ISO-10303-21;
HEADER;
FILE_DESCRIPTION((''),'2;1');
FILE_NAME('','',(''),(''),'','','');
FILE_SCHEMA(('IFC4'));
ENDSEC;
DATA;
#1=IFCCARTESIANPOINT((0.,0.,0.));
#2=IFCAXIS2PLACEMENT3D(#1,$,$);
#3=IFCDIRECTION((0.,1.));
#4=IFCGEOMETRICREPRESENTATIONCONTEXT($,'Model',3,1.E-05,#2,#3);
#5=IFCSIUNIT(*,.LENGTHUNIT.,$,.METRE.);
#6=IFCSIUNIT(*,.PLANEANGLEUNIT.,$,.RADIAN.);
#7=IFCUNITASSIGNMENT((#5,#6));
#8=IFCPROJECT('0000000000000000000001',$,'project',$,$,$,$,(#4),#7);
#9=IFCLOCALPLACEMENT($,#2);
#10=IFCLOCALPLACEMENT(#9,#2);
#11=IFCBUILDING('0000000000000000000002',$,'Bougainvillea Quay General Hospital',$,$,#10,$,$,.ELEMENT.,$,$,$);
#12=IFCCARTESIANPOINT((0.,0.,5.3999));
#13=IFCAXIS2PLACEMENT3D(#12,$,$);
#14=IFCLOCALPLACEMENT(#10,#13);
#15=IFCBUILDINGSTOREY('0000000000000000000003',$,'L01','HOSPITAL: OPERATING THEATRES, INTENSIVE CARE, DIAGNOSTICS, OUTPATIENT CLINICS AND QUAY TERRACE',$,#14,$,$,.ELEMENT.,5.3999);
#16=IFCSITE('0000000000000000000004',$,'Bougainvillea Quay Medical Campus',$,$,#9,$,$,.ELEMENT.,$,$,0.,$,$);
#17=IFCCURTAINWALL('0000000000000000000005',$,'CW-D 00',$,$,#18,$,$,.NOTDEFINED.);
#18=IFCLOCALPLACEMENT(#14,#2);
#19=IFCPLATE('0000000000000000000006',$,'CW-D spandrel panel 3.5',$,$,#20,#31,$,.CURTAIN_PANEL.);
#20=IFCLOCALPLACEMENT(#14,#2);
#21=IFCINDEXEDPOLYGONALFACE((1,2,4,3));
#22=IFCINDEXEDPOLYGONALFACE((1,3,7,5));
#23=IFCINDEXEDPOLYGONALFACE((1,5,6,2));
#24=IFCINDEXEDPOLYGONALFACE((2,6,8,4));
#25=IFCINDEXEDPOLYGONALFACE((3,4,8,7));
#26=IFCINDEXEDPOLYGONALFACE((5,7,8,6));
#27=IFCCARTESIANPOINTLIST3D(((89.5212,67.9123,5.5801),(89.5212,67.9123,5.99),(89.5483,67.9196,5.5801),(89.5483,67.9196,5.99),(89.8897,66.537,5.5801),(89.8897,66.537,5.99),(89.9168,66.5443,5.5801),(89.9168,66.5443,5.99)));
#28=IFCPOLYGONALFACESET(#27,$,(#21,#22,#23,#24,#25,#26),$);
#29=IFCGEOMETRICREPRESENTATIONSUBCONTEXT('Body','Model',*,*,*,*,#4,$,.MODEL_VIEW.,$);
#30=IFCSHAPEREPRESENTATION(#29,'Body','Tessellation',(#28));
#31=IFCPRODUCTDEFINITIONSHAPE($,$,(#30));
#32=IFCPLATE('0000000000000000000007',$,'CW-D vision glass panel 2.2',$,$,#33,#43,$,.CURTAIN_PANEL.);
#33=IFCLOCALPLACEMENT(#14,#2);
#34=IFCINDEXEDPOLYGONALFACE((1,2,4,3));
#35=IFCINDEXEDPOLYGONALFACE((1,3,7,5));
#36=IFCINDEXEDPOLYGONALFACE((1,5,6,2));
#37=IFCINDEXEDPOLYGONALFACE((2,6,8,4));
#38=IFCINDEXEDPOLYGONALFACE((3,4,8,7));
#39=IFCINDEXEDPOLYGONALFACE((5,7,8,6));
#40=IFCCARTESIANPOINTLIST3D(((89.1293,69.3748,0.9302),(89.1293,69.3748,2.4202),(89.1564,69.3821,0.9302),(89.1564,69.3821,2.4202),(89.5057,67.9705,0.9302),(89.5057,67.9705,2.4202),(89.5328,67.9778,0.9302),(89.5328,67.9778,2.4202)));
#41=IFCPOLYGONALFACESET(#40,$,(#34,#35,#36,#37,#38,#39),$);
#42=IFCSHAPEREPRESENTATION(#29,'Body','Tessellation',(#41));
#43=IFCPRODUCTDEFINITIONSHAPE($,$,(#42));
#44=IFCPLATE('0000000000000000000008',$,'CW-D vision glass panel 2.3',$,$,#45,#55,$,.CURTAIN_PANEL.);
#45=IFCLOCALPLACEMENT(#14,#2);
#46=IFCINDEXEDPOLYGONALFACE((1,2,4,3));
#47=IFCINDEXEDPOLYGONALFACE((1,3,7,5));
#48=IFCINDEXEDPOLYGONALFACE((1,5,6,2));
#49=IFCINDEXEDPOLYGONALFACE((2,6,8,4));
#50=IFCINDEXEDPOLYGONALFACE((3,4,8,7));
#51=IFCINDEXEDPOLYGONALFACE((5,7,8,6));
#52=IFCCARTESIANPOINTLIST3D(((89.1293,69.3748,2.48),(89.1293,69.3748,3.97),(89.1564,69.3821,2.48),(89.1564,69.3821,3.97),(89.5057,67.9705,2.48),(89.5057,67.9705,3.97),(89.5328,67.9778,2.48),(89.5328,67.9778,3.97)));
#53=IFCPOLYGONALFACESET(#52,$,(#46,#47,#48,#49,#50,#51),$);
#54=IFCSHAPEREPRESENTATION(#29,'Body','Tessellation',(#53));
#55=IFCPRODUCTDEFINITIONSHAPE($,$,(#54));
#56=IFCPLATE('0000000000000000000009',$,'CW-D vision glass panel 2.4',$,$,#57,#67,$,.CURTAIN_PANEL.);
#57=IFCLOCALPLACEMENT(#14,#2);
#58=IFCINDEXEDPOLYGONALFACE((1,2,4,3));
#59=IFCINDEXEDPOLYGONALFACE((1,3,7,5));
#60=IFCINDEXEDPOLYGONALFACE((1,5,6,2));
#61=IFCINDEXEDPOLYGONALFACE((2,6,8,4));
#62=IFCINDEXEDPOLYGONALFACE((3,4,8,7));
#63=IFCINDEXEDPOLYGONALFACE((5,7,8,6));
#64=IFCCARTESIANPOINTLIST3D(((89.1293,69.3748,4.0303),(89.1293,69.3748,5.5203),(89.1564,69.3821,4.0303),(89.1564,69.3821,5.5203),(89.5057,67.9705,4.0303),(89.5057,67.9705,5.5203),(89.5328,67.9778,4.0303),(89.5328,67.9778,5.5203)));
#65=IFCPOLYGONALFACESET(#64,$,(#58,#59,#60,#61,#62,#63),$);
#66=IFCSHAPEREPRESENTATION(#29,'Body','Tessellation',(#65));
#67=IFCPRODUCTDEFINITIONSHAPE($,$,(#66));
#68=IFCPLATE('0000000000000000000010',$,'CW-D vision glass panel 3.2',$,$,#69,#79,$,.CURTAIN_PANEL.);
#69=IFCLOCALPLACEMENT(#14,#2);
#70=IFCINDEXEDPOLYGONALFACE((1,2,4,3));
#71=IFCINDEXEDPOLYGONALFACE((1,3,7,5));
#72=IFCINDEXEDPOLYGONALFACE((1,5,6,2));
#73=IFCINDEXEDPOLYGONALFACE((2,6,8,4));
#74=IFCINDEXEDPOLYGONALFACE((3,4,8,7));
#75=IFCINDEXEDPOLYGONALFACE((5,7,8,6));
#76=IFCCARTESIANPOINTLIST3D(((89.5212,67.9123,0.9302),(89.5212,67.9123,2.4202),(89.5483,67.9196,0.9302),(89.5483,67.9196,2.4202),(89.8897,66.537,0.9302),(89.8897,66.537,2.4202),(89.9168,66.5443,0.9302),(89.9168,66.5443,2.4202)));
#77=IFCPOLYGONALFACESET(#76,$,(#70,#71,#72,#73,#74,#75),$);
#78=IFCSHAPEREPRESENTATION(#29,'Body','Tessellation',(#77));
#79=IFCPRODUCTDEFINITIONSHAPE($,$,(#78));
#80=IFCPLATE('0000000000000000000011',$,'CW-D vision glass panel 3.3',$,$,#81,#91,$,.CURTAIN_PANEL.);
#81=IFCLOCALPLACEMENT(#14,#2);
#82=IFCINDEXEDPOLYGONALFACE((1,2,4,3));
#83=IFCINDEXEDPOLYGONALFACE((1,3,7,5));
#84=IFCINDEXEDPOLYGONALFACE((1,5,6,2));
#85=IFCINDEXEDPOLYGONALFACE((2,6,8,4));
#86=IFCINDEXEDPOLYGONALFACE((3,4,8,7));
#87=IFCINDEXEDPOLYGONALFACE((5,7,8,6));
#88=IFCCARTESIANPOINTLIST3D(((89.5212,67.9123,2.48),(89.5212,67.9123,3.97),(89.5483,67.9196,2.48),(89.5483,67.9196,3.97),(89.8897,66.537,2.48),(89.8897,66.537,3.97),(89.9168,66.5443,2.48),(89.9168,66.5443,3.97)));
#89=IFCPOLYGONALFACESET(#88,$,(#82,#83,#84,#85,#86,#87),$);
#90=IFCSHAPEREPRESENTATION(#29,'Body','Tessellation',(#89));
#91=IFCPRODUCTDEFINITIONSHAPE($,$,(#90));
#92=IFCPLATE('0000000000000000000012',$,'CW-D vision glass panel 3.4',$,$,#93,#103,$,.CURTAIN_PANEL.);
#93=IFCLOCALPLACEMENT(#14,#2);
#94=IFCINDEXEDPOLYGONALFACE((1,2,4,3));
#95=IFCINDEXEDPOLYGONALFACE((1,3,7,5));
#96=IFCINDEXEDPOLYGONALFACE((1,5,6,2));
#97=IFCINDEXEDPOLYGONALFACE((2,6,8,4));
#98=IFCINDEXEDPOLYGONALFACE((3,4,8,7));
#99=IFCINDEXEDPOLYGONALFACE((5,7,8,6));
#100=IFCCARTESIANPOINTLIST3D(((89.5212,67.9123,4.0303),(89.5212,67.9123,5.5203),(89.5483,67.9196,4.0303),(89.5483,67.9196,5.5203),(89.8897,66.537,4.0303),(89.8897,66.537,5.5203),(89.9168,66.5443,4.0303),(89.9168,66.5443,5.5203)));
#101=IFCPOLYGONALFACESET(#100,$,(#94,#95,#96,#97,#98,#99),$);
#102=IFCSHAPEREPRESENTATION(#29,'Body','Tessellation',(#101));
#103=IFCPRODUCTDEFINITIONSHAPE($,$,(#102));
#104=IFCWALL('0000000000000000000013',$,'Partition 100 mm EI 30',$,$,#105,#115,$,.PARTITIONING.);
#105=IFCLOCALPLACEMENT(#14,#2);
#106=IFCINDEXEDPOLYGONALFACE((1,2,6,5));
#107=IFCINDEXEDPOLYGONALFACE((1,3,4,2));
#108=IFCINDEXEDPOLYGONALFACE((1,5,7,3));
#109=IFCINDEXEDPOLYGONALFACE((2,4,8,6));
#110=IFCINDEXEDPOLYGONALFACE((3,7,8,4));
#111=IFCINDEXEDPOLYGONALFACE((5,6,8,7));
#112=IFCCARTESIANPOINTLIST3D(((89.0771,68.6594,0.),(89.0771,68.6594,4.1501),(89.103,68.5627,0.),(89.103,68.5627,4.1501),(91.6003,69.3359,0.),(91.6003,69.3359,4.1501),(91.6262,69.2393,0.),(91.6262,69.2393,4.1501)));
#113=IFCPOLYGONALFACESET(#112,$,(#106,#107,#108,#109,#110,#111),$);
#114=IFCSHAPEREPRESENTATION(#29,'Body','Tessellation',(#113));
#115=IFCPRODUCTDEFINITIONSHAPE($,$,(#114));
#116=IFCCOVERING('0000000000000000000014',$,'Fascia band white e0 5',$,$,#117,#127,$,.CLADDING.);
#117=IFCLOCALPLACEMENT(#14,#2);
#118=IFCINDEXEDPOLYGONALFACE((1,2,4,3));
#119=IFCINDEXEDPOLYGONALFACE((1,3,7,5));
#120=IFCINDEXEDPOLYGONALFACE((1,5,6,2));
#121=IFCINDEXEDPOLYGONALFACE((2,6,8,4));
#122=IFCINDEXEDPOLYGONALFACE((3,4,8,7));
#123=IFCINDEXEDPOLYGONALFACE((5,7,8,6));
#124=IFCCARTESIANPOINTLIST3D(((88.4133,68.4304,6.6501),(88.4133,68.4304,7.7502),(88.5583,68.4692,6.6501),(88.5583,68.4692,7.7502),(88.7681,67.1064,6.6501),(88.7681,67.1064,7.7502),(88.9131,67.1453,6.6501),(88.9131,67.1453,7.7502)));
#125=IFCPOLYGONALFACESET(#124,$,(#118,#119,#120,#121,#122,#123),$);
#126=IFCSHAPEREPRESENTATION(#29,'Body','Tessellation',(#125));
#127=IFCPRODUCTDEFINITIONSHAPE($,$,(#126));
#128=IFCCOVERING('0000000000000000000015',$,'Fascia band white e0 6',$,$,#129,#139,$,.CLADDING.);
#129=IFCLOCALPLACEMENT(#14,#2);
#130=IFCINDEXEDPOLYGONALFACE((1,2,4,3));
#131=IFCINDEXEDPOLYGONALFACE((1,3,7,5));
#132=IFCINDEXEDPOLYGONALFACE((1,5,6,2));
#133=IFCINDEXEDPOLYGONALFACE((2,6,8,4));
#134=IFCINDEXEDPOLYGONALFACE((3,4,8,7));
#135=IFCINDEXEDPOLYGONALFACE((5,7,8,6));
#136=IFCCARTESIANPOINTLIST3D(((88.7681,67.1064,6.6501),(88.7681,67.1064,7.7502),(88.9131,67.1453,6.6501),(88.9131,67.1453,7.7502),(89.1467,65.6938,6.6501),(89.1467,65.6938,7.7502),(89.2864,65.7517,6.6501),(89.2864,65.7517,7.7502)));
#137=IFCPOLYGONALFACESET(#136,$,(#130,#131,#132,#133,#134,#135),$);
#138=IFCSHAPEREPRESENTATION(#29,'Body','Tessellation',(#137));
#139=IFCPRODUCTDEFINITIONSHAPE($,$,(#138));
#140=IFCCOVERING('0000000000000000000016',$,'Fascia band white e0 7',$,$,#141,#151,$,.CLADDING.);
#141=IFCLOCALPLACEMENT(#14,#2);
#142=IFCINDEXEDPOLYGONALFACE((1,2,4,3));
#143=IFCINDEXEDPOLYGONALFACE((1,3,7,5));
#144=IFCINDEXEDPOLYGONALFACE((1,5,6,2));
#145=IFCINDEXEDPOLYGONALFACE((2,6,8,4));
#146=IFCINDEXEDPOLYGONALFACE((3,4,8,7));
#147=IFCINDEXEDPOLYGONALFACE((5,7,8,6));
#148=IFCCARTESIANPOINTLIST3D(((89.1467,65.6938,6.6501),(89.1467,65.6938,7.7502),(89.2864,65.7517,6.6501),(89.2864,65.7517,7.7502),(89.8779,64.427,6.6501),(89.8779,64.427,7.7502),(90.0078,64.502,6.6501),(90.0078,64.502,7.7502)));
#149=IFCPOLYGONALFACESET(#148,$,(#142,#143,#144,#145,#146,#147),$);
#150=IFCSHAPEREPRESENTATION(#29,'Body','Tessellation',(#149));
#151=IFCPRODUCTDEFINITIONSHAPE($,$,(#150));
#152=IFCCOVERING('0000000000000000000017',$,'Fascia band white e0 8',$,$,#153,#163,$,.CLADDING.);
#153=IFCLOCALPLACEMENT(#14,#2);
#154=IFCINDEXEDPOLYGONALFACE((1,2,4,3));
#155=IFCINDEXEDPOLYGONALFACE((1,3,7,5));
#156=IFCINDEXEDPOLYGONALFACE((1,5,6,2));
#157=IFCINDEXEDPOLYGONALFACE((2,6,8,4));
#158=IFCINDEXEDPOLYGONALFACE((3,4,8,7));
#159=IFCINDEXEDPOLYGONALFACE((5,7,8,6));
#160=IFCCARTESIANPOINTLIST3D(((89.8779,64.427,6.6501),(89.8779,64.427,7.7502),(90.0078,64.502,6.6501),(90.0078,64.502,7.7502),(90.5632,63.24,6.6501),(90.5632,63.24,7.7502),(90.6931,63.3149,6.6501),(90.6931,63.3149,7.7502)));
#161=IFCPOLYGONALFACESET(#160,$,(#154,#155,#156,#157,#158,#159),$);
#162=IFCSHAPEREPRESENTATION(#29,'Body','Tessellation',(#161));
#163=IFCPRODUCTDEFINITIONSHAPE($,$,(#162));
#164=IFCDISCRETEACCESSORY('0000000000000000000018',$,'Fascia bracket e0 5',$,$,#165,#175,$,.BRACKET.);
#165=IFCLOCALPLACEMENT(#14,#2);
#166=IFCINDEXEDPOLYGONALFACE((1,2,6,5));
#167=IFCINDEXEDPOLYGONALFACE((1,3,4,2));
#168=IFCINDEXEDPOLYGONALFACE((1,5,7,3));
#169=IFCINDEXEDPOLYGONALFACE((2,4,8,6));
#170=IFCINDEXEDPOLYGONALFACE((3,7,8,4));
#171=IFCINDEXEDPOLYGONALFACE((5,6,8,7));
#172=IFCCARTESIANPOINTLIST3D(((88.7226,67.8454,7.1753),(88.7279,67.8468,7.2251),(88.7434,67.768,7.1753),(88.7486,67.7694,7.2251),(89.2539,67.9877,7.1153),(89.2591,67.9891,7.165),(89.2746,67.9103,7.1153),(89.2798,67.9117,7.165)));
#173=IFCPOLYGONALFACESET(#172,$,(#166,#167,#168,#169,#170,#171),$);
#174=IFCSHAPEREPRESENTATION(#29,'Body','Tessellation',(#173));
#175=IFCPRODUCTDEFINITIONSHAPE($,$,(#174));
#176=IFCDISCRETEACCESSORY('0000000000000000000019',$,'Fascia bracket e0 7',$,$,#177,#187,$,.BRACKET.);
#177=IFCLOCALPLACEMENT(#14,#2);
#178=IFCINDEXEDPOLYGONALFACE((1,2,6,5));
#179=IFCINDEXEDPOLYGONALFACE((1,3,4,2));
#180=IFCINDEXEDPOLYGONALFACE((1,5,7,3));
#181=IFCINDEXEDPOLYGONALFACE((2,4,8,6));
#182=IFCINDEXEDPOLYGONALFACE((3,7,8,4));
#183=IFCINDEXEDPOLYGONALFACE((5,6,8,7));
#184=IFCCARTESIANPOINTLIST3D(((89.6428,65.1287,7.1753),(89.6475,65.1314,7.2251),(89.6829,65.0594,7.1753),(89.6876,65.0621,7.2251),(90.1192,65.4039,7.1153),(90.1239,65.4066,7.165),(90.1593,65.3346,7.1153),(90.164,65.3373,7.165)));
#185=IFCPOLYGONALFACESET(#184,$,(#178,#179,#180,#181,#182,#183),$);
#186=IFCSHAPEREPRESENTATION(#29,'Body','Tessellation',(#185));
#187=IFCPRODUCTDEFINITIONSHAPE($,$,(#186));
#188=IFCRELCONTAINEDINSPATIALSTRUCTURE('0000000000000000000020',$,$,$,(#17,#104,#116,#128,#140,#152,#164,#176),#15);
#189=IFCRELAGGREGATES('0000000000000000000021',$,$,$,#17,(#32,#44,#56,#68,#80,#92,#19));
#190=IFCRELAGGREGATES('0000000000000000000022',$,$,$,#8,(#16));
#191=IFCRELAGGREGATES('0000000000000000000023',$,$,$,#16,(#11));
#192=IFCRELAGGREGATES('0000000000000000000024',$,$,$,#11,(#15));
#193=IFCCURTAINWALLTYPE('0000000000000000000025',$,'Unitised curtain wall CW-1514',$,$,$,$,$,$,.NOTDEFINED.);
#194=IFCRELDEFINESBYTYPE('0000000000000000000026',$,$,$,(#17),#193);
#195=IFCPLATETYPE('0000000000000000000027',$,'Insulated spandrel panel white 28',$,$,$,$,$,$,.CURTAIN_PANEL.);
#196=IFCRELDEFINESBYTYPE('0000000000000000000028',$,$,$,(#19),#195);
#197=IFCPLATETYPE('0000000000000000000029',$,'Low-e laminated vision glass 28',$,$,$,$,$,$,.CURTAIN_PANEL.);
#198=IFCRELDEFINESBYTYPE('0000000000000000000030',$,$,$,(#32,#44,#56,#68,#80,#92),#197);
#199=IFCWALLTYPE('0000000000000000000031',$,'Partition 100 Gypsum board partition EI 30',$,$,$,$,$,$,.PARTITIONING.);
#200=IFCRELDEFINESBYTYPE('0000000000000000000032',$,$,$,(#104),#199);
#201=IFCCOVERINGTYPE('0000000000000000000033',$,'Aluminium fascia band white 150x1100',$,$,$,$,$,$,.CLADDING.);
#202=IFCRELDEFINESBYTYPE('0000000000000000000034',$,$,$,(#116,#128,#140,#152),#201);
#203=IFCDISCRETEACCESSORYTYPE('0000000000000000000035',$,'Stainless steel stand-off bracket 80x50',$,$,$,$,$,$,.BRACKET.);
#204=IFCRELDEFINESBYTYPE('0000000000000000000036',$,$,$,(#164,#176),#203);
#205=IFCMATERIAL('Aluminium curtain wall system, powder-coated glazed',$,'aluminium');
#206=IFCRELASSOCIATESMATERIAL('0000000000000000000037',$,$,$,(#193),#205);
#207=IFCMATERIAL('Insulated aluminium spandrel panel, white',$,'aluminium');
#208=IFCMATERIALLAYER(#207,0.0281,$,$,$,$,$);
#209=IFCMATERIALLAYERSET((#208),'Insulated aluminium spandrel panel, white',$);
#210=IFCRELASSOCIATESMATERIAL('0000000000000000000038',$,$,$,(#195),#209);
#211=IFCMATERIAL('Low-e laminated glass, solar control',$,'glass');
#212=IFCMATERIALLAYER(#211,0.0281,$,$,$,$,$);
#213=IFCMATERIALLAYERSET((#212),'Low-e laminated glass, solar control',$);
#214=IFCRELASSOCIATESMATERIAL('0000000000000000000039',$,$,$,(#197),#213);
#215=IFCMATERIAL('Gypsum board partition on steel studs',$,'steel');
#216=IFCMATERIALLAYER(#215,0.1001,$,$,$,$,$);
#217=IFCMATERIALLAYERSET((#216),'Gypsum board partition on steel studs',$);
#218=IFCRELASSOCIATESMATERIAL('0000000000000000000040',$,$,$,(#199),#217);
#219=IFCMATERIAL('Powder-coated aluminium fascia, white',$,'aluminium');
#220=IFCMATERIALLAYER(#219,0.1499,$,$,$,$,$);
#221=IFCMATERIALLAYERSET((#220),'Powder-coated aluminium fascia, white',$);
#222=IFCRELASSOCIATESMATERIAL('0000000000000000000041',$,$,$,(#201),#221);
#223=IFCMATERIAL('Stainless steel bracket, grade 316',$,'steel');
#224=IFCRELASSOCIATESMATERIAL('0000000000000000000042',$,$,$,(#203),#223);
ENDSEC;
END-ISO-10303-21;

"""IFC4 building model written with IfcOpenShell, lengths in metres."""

from ifc_helpers import new_model, si_unit, direction, frame, frame_2d, origin, origin_2d, place, context, subcontext, project, spatial, polyline, rectangle, outline, extrude, material, layer, layer_set, material_profile, profile_set, type_object, element, aggregate, save


model = new_model("IFC4")

# Units and contexts
model_context = context("Model", 3, precision=1e-05, world=origin(), true_north=direction((0.0, 1.0)))
body_context = subcontext(model_context, "Body", "Model", "MODEL_VIEW")
ifc_project = project(units=[si_unit("LENGTHUNIT", "METRE"), si_unit("PLANEANGLEUNIT", "RADIAN")], contexts=[model_context])

# Site, building, storey
site_placement = place(None, origin())
site = spatial("IfcSite", under=ifc_project, at=site_placement, Name="Bougainvillea Quay Medical Campus", CompositionType="ELEMENT", RefElevation=0.0)
building_placement = place(site_placement, origin())
building = spatial("IfcBuilding", under=site, at=building_placement, Name="Bougainvillea Quay General Hospital", CompositionType="ELEMENT")
storey_placement = place(building_placement, frame((0.0, 0.0, 5.3999)))
storey = spatial("IfcBuildingStorey", under=building, at=storey_placement, Name="L01", Description="HOSPITAL: OPERATING THEATRES, INTENSIVE CARE, DIAGNOSTICS, OUTPATIENT CLINICS AND QUAY TERRACE", CompositionType="ELEMENT", Elevation=5.3999)

# Curtain wall
ifc_material_1 = material(Name="Aluminium curtain wall system, powder-coated glazed", Category="aluminium")
curtain_wall_type_1 = type_object("IfcCurtainWallType", Name="Unitised curtain wall CW-1514", PredefinedType="NOTDEFINED", material=ifc_material_1)
curtain_wall_1_placement = place(storey_placement, origin())
curtain_wall_1 = element("IfcCurtainWall", 1, at=curtain_wall_1_placement, inside=storey, type_object=curtain_wall_type_1, Name="CW-D 00", PredefinedType="NOTDEFINED")

# Plates
ifc_material_2 = material(Name="Insulated aluminium spandrel panel, white", Category="aluminium")
ifc_layer_1 = layer(ifc_material_2, 0.0281)
ifc_layer_set_1 = layer_set([ifc_layer_1], Name="Insulated aluminium spandrel panel, white")
plate_type_1 = type_object("IfcPlateType", Name="Insulated spandrel panel white 28", PredefinedType="CURTAIN_PANEL", material=ifc_layer_set_1)
plate_1_placement = place(storey_placement, frame((89.719, 67.2283, 5.5801), z_axis=(0.0, 0.0, 1.0), x_axis=(0.258855, -0.965916, 0.0)))
plate_1 = element("IfcPlate", 2, at=plate_1_placement, type_object=plate_type_1, Name="CW-D spandrel panel 3.5", PredefinedType="CURTAIN_PANEL", context=body_context, shape_type="SweptSolid", body=[
    extrude(rectangle(XDim=1.4238, YDim=0.0281, at=origin_2d()), origin(), (0.0, 0.0, 1.0), 0.4099),
])
ifc_material_3 = material(Name="Low-e laminated glass, solar control", Category="glass")
ifc_layer_2 = layer(ifc_material_3, 0.0281)
ifc_layer_set_2 = layer_set([ifc_layer_2], Name="Low-e laminated glass, solar control")
plate_type_2 = type_object("IfcPlateType", Name="Low-e laminated vision glass 28", PredefinedType="CURTAIN_PANEL", material=ifc_layer_set_2)
plate_2_placement = place(storey_placement, frame((89.3311, 68.6763, 0.9302), z_axis=(0.0, 0.0, 1.0), x_axis=(0.258855, -0.965916, 0.0)))
plate_2 = element("IfcPlate", 3, at=plate_2_placement, type_object=plate_type_2, Name="CW-D vision glass panel 2.2", PredefinedType="CURTAIN_PANEL", context=body_context, shape_type="SweptSolid", body=[
    extrude(rectangle(XDim=1.4539, YDim=0.0281, at=origin_2d()), origin(), (0.0, 0.0, 1.0), 1.49),
])
plate_3_placement = place(storey_placement, frame((89.3311, 68.6763, 2.48), z_axis=(0.0, 0.0, 1.0), x_axis=(0.258855, -0.965916, 0.0)))
plate_3 = element("IfcPlate", 4, at=plate_3_placement, type_object=plate_type_2, Name="CW-D vision glass panel 2.3", PredefinedType="CURTAIN_PANEL", context=body_context, shape_type="SweptSolid", body=[
    extrude(rectangle(XDim=1.4539, YDim=0.0281, at=origin_2d()), origin(), (0.0, 0.0, 1.0), 1.49),
])
plate_4_placement = place(storey_placement, frame((89.3311, 68.6763, 4.0303), z_axis=(0.0, 0.0, 1.0), x_axis=(0.258855, -0.965916, 0.0)))
plate_4 = element("IfcPlate", 5, at=plate_4_placement, type_object=plate_type_2, Name="CW-D vision glass panel 2.4", PredefinedType="CURTAIN_PANEL", context=body_context, shape_type="SweptSolid", body=[
    extrude(rectangle(XDim=1.4539, YDim=0.0281, at=origin_2d()), origin(), (0.0, 0.0, 1.0), 1.49),
])
plate_5_placement = place(storey_placement, frame((89.719, 67.2283, 0.9302), z_axis=(0.0, 0.0, 1.0), x_axis=(0.258855, -0.965916, 0.0)))
plate_5 = element("IfcPlate", 6, at=plate_5_placement, type_object=plate_type_2, Name="CW-D vision glass panel 3.2", PredefinedType="CURTAIN_PANEL", context=body_context, shape_type="SweptSolid", body=[
    extrude(rectangle(XDim=1.4238, YDim=0.0281, at=origin_2d()), origin(), (0.0, 0.0, 1.0), 1.49),
])
plate_6_placement = place(storey_placement, frame((89.719, 67.2283, 2.48), z_axis=(0.0, 0.0, 1.0), x_axis=(0.258855, -0.965916, 0.0)))
plate_6 = element("IfcPlate", 7, at=plate_6_placement, type_object=plate_type_2, Name="CW-D vision glass panel 3.3", PredefinedType="CURTAIN_PANEL", context=body_context, shape_type="SweptSolid", body=[
    extrude(rectangle(XDim=1.4238, YDim=0.0281, at=origin_2d()), origin(), (0.0, 0.0, 1.0), 1.49),
])
plate_7_placement = place(storey_placement, frame((89.719, 67.2283, 4.0303), z_axis=(0.0, 0.0, 1.0), x_axis=(0.258855, -0.965916, 0.0)))
plate_7 = element("IfcPlate", 8, at=plate_7_placement, type_object=plate_type_2, Name="CW-D vision glass panel 3.4", PredefinedType="CURTAIN_PANEL", context=body_context, shape_type="SweptSolid", body=[
    extrude(rectangle(XDim=1.4238, YDim=0.0281, at=origin_2d()), origin(), (0.0, 0.0, 1.0), 1.49),
])
aggregate(curtain_wall_1, [plate_2, plate_3, plate_4, plate_5, plate_6, plate_7, plate_1])

# Wall
ifc_material_4 = material(Name="Gypsum board partition on steel studs", Category="steel")
ifc_layer_3 = layer(ifc_material_4, 0.1001)
ifc_layer_set_3 = layer_set([ifc_layer_3], Name="Gypsum board partition on steel studs")
wall_type = type_object("IfcWallType", Name="Partition 100 Gypsum board partition EI 30", PredefinedType="PARTITIONING", material=ifc_layer_set_3)
wall_placement = place(storey_placement, frame((89.0901, 68.6111, 0.0), z_axis=(0.0, 0.0, 1.0), x_axis=(0.965885, 0.258971, 0.0)))
element("IfcWall", 9, at=wall_placement, inside=storey, type_object=wall_type, Name="Partition 100 mm EI 30", PredefinedType="PARTITIONING", context=body_context, shape_type="SweptSolid", body=[
    extrude(rectangle(XDim=2.6123, YDim=0.1001, at=frame_2d((1.3062, 0.0))), origin(), (0.0, 0.0, 1.0), 4.1501),
])

# Coverings
ifc_material_5 = material(Name="Powder-coated aluminium fascia, white", Category="aluminium")
ifc_layer_4 = layer(ifc_material_5, 0.1499)
ifc_layer_set_4 = layer_set([ifc_layer_4], Name="Powder-coated aluminium fascia, white")
covering_type = type_object("IfcCoveringType", Name="Aluminium fascia band white 150x1100", PredefinedType="CLADDING", material=ifc_layer_set_4)
covering_1_placement = place(storey_placement, frame((88.5583, 68.4692, 6.6501), z_axis=(0.0, 0.0, 1.0), x_axis=(0.258804, -0.96593, 0.0)))
element("IfcCovering", 10, at=covering_1_placement, inside=storey, type_object=covering_type, Name="Fascia band white e0 5", PredefinedType="CLADDING", context=body_context, shape_type="SweptSolid", body=[
    extrude(outline(polyline([(0.0, 0.0), (1.3707, 0.0), (1.3706, -0.1501), (0.0, -0.1501), (0.0, 0.0)])), origin(), (0.0, 0.0, 1.0), 1.1001),
])
covering_2_placement = place(storey_placement, frame((88.9131, 67.1453, 6.6501), z_axis=(0.0, 0.0, 1.0), x_axis=(0.258747, -0.965945, 0.0)))
element("IfcCovering", 11, at=covering_2_placement, inside=storey, type_object=covering_type, Name="Fascia band white e0 6", PredefinedType="CLADDING", context=body_context, shape_type="SweptSolid", body=[
    extrude(outline(polyline([(0.0, 0.0), (1.4427, 0.0), (1.4624, -0.1499), (0.0, -0.1501), (0.0, 0.0)])), origin(), (0.0, 0.0, 1.0), 1.1001),
])
covering_3_placement = place(storey_placement, frame((89.2864, 65.7517, 6.6501), z_axis=(0.0, 0.0, 1.0), x_axis=(0.499942, -0.866059, 0.0)))
element("IfcCovering", 12, at=covering_3_placement, inside=storey, type_object=covering_type, Name="Fascia band white e0 7", PredefinedType="CLADDING", context=body_context, shape_type="SweptSolid", body=[
    extrude(outline(polyline([(0.0, 0.0), (1.443, 0.0), (1.443, -0.15), (-0.0197, -0.1499), (0.0, 0.0)])), origin(), (0.0, 0.0, 1.0), 1.1001),
])
covering_4_placement = place(storey_placement, frame((90.0078, 64.502, 6.6501), z_axis=(0.0, 0.0, 1.0), x_axis=(0.49999, -0.866031, 0.0)))
element("IfcCovering", 13, at=covering_4_placement, inside=storey, type_object=covering_type, Name="Fascia band white e0 8", PredefinedType="CLADDING", context=body_context, shape_type="SweptSolid", body=[
    extrude(outline(polyline([(0.0, 0.0), (1.3706, 0.0), (1.3706, -0.15), (0.0, -0.15), (0.0, 0.0)])), origin(), (0.0, 0.0, 1.0), 1.1001),
])

# Discrete accessories
ifc_material_6 = material(Name="Stainless steel bracket, grade 316", Category="steel")
ifc_material_profile_1 = material_profile(ifc_material_6, rectangle(XDim=0.0801, YDim=0.05, at=origin_2d()))
ifc_profile_set_1 = profile_set([ifc_material_profile_1], Name="Stainless steel bracket, grade 316")
discrete_accessory_type = type_object("IfcDiscreteAccessoryType", Name="Stainless steel stand-off bracket 80x50", PredefinedType="BRACKET", material=ifc_profile_set_1)
discrete_accessory_1_placement = place(storey_placement, frame((89.2668, 67.9497, 7.1401), z_axis=(-0.960224, -0.257266, 0.108555), x_axis=(0.258795, -0.965932, 0.0)))
element("IfcDiscreteAccessory", 14, at=discrete_accessory_1_placement, inside=storey, type_object=discrete_accessory_type, Name="Fascia bracket e0 5", PredefinedType="BRACKET", context=body_context, shape_type="SweptSolid", body=[
    extrude(rectangle(XDim=0.0801, YDim=0.05, at=origin_2d()), origin(), (0.0, 0.0, 1.0), 0.5532),
])
discrete_accessory_2_placement = place(storey_placement, frame((90.1416, 65.3706, 7.1401), z_axis=(-0.860797, -0.497241, 0.108537), x_axis=(0.500196, -0.865912, 0.0)))
element("IfcDiscreteAccessory", 15, at=discrete_accessory_2_placement, inside=storey, type_object=discrete_accessory_type, Name="Fascia bracket e0 7", PredefinedType="BRACKET", context=body_context, shape_type="SweptSolid", body=[
    extrude(rectangle(XDim=0.0801, YDim=0.05, at=origin_2d()), origin(), (0.0, 0.0, 1.0), 0.5535),
])

save(model, "model.ifc")
